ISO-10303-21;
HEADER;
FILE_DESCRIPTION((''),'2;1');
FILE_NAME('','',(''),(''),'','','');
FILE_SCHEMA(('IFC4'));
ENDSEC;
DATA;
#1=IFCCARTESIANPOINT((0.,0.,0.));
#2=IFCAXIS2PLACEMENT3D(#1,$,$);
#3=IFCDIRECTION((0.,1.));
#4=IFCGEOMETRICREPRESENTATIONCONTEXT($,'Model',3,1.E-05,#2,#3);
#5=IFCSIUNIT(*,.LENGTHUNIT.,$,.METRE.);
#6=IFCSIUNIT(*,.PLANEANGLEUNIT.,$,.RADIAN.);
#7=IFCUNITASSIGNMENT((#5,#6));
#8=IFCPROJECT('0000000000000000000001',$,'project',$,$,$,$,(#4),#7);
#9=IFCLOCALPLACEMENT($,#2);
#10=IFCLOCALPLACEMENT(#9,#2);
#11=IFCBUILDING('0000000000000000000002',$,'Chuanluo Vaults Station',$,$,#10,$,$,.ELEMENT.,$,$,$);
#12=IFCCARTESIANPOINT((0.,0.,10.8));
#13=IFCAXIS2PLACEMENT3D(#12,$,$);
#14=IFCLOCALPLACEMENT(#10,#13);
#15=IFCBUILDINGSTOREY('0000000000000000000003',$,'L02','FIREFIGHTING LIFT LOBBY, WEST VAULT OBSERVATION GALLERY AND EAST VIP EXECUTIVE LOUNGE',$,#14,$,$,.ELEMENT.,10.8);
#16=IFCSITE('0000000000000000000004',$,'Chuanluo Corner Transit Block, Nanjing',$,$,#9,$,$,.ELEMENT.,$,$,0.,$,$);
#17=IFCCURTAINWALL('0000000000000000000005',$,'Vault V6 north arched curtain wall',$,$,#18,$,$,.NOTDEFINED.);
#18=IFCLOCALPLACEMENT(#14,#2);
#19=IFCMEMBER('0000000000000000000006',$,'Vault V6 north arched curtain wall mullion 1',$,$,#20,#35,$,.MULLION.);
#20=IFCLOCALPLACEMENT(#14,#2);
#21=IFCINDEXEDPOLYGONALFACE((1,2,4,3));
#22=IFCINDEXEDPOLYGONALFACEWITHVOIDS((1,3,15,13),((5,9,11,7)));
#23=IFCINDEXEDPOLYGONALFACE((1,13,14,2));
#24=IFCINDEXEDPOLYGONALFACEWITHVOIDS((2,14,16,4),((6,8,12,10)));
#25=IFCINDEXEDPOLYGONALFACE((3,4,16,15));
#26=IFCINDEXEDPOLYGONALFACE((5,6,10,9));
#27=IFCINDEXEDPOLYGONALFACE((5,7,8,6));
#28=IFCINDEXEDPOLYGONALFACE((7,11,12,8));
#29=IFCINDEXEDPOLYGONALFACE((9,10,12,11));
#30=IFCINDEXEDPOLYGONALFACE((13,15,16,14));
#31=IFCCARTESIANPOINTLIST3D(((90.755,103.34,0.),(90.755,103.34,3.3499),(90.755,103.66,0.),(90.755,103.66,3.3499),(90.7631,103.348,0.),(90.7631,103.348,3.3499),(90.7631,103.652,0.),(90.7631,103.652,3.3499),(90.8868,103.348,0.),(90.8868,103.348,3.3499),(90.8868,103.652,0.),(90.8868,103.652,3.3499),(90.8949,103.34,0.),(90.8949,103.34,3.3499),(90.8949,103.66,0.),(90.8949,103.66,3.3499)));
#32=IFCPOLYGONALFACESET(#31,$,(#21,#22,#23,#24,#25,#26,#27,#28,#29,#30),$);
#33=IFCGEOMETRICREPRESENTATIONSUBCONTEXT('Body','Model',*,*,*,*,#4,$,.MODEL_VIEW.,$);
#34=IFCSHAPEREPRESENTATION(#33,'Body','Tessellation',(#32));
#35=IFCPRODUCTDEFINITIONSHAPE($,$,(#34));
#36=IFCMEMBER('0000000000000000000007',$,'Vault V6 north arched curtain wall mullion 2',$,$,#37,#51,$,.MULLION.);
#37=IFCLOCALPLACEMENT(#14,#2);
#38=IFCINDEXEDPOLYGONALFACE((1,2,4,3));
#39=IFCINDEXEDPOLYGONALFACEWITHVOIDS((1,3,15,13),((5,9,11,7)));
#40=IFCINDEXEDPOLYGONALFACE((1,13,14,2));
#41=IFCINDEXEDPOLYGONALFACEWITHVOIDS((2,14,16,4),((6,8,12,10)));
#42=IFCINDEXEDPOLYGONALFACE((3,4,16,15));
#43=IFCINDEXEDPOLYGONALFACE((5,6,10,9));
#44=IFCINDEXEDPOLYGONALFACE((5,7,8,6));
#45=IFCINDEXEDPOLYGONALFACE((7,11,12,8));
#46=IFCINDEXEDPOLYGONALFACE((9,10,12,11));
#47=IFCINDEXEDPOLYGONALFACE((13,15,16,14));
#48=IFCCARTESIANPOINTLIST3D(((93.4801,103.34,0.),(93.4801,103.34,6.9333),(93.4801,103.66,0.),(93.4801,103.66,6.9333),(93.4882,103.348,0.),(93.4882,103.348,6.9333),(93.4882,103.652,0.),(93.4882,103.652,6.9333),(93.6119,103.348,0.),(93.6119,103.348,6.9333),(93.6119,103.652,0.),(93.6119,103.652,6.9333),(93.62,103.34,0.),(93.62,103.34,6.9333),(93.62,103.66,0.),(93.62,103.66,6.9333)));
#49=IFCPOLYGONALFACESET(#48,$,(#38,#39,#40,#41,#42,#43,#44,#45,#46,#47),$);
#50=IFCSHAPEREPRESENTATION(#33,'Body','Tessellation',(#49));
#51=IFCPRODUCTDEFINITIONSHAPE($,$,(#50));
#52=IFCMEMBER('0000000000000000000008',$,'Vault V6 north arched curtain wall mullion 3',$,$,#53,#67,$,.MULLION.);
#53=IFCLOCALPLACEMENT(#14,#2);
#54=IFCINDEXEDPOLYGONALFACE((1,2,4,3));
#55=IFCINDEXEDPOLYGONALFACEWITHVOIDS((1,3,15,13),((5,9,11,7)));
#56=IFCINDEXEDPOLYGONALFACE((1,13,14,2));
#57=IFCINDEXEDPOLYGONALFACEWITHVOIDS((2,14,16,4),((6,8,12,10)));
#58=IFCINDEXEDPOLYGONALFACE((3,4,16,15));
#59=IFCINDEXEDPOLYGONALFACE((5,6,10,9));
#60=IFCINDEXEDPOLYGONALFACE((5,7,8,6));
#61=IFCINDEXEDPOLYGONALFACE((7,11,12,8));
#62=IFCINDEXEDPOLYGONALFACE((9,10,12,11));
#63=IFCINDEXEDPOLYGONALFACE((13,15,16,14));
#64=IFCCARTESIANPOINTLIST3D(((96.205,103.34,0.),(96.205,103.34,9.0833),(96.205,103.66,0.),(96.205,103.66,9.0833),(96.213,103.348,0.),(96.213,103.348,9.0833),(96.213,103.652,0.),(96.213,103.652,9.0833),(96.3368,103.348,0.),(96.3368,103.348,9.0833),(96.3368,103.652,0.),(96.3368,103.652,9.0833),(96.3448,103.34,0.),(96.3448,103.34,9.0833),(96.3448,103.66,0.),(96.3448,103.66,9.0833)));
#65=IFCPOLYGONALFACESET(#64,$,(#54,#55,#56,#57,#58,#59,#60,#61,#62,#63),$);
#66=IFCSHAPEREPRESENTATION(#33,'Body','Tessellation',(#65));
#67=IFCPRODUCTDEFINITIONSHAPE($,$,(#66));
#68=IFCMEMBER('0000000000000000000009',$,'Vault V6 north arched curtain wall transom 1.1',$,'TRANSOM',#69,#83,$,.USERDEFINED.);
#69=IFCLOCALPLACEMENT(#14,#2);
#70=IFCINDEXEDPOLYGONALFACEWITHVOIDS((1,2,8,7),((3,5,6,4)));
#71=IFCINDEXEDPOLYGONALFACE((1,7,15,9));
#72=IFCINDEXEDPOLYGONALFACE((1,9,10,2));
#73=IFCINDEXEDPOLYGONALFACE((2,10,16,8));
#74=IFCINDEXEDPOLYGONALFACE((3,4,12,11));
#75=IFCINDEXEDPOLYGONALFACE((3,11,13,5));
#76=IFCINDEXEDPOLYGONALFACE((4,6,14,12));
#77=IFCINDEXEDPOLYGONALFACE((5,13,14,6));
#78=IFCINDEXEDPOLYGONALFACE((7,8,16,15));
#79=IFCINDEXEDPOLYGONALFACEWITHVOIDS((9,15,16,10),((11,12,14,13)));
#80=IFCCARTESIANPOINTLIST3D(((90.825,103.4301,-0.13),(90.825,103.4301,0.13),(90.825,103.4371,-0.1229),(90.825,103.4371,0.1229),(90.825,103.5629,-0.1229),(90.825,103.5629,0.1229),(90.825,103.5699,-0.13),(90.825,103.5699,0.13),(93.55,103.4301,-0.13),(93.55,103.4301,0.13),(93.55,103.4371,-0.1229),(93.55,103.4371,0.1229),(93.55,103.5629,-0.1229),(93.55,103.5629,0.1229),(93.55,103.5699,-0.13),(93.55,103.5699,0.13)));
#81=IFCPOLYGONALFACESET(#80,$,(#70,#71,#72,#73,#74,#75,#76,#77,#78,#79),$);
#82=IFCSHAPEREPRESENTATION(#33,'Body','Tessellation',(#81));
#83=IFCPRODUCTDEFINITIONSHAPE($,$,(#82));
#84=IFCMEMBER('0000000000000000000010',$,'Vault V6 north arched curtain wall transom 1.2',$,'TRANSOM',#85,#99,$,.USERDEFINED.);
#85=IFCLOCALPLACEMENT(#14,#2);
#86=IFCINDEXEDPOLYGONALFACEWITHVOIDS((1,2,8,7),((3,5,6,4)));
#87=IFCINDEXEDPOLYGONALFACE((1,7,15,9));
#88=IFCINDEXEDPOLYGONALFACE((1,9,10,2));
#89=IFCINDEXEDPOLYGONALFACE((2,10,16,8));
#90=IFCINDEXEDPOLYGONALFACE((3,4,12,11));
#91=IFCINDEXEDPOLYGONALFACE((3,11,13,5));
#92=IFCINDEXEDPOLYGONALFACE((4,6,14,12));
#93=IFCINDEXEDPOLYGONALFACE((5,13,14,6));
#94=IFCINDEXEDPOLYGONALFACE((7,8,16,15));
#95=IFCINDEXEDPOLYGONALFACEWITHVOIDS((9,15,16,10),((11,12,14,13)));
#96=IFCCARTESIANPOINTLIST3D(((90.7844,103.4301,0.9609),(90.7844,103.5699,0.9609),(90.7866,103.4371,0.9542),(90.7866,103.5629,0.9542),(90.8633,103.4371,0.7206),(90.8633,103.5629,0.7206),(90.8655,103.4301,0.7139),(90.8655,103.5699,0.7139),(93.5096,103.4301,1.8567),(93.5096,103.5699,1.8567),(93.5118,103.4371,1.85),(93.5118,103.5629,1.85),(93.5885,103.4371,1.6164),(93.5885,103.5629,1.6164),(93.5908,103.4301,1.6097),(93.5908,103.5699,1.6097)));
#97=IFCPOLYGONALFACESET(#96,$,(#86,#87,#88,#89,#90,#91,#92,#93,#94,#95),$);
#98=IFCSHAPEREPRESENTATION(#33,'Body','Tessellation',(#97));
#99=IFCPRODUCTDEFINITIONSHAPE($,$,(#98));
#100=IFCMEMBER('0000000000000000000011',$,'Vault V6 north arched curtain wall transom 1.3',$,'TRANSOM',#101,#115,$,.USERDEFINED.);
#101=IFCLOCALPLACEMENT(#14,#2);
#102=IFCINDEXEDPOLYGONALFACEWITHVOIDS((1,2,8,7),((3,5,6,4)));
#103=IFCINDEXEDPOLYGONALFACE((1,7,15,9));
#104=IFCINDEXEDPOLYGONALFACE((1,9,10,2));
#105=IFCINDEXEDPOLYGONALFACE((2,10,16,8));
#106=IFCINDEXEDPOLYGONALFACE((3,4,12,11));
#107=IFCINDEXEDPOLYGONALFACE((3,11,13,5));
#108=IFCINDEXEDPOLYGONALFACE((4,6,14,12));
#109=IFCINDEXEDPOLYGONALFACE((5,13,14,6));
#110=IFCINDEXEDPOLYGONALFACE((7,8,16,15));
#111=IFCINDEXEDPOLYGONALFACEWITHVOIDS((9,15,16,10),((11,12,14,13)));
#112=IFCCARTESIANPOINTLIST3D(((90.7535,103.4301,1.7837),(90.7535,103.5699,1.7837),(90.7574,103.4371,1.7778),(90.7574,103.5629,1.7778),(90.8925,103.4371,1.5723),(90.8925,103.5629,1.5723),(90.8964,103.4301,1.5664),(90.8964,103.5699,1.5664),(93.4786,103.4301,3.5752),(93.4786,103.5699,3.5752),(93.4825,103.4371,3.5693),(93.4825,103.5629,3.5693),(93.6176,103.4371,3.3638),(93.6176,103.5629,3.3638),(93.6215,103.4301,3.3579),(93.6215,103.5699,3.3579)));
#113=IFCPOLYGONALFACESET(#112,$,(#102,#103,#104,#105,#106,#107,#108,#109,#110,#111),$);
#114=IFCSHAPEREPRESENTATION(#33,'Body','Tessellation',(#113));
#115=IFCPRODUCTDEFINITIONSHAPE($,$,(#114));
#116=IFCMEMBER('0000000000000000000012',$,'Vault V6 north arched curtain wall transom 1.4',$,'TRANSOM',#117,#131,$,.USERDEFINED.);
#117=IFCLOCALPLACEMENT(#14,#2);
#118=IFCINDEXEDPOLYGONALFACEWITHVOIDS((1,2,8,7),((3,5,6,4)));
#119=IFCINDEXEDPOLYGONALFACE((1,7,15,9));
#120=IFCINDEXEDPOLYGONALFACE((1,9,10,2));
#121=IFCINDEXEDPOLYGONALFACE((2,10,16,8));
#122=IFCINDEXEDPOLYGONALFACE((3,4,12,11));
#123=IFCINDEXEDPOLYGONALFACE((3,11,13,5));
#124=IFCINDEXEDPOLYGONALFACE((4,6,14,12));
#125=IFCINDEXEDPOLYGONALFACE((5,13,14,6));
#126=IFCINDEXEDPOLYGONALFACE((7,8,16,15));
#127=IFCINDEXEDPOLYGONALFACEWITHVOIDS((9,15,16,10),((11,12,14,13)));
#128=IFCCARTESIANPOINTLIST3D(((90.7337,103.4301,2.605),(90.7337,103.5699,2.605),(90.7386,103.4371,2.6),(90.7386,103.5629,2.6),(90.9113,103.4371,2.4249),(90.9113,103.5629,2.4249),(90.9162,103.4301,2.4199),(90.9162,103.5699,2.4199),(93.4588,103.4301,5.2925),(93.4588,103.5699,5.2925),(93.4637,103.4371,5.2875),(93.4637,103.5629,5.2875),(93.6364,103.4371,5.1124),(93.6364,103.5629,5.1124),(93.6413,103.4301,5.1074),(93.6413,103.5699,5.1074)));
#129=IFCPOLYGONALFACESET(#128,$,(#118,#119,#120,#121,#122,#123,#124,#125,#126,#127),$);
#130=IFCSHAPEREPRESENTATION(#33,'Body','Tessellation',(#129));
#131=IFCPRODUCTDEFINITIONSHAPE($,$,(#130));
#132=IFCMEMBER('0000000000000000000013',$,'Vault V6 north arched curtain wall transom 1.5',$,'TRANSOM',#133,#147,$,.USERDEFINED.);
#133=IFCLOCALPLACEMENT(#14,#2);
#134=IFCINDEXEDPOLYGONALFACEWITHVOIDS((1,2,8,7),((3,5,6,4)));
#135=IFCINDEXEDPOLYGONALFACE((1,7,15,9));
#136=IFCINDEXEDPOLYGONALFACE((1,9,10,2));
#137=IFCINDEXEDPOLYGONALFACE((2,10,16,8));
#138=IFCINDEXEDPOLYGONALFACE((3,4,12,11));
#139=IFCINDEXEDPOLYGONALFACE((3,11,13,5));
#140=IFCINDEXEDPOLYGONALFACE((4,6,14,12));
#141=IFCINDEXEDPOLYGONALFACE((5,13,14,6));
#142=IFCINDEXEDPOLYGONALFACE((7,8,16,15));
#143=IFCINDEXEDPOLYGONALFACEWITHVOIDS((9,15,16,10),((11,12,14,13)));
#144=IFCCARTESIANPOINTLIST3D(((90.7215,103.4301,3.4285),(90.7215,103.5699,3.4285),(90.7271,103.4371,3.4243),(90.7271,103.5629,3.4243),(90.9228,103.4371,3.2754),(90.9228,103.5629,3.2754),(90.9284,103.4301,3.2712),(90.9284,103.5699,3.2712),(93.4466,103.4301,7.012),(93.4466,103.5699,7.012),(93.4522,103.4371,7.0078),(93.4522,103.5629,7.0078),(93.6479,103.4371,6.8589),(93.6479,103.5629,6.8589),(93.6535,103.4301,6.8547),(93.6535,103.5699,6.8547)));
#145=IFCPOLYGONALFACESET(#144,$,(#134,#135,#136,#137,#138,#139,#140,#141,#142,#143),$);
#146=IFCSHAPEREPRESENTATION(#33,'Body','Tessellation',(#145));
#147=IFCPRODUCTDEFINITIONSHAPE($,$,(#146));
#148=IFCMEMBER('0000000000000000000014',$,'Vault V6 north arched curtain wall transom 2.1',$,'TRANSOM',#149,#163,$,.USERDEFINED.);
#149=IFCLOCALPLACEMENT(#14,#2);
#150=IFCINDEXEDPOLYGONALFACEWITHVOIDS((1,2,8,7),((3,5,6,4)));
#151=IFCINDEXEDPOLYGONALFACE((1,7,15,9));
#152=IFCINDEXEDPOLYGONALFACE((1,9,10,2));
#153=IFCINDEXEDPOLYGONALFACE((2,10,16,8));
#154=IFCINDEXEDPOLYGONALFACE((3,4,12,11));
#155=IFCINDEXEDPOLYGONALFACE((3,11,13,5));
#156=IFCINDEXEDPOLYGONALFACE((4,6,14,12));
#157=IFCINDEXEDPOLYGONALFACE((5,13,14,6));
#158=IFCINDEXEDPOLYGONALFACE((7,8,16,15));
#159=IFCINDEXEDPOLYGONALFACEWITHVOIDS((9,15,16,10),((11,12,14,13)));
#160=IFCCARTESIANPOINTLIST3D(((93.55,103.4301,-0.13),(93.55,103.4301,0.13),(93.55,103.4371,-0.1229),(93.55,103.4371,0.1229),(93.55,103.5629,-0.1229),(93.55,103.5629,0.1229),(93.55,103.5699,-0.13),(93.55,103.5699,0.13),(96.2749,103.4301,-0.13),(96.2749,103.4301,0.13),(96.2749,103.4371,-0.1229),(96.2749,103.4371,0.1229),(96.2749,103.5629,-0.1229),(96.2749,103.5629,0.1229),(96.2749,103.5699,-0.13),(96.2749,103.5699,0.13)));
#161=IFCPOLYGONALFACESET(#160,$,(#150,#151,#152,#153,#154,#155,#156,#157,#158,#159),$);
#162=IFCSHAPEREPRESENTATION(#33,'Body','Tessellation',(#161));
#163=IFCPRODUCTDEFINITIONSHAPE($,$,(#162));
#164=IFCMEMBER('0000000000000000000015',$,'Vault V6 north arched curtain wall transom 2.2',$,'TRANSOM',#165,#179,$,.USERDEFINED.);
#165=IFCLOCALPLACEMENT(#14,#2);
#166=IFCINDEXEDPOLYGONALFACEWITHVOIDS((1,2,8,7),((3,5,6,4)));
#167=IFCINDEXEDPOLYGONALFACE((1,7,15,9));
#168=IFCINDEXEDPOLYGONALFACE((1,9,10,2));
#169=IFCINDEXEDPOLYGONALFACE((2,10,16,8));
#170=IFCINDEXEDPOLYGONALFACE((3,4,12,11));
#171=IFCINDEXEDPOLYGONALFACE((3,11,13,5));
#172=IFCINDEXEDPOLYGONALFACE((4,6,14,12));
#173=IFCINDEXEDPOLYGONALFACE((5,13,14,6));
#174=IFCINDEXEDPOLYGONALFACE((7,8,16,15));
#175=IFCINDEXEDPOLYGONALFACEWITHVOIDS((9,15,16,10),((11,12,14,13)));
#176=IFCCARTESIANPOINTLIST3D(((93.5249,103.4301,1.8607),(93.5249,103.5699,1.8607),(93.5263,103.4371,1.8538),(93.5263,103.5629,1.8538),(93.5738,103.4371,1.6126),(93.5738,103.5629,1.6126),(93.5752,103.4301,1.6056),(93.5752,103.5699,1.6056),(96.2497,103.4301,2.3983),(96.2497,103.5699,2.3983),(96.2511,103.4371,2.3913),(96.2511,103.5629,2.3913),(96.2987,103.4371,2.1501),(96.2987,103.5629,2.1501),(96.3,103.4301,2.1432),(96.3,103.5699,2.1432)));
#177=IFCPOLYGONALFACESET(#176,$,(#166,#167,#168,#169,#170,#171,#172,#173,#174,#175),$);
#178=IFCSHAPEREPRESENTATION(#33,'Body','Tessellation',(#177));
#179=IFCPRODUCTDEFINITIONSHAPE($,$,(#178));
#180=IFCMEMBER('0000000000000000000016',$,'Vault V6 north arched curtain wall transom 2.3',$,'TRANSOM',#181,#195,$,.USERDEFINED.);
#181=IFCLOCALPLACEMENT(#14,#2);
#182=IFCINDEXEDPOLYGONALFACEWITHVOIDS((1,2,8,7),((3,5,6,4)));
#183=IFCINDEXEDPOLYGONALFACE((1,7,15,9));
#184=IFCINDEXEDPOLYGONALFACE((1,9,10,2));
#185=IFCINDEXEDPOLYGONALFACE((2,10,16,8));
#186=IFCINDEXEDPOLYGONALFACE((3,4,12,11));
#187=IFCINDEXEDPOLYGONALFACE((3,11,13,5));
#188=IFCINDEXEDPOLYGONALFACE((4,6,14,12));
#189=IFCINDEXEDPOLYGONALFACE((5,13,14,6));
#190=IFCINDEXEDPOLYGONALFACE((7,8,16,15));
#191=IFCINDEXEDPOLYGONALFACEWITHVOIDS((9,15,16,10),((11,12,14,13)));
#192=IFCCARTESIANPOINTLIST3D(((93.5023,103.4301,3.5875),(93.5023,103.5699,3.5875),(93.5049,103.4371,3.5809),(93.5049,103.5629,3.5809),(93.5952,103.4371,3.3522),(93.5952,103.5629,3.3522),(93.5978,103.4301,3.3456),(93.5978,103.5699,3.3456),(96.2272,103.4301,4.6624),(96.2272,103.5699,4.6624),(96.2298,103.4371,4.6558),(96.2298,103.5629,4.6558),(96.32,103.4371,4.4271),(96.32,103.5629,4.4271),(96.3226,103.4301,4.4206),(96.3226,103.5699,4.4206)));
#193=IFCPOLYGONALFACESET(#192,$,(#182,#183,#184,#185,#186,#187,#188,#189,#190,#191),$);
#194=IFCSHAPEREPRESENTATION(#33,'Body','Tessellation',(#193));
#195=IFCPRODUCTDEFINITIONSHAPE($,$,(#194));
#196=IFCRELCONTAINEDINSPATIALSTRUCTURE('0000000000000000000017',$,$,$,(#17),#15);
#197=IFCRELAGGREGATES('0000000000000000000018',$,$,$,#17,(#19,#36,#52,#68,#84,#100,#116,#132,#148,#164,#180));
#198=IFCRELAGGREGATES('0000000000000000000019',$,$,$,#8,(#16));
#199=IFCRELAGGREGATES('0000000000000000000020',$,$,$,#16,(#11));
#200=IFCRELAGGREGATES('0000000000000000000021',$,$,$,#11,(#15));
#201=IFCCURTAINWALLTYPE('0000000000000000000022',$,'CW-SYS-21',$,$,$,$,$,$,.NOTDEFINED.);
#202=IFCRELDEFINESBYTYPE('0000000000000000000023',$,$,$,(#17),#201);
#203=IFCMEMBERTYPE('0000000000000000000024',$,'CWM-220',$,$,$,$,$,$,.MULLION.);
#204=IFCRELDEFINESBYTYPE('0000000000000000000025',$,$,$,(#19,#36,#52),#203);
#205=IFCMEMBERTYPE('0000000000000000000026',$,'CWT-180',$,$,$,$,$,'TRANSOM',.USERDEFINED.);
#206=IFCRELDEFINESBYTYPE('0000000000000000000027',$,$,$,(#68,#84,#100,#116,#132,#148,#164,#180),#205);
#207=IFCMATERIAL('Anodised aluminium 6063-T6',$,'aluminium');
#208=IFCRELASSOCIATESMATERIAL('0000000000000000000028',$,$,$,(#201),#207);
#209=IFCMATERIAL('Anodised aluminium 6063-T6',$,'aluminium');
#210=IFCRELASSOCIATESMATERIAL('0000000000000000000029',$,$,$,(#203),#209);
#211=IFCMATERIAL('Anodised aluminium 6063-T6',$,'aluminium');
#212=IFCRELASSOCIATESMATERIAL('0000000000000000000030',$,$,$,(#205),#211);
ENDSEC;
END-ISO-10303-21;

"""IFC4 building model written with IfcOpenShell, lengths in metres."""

from ifc_helpers import new_model, si_unit, direction, frame, origin, origin_2d, place, context, subcontext, project, spatial, hollow_rectangle, extrude, material, material_profile, profile_set, type_object, element, aggregate, save


model = new_model("IFC4")

# Units and contexts
model_context = context("Model", 3, precision=1e-05, world=origin(), true_north=direction((0.0, 1.0)))
body_context = subcontext(model_context, "Body", "Model", "MODEL_VIEW")
ifc_project = project(units=[si_unit("LENGTHUNIT", "METRE"), si_unit("PLANEANGLEUNIT", "RADIAN")], contexts=[model_context])

# Site, building, storey
site_placement = place(None, origin())
site = spatial("IfcSite", under=ifc_project, at=site_placement, Name="Chuanluo Corner Transit Block, Nanjing", CompositionType="ELEMENT", RefElevation=0.0)
building_placement = place(site_placement, origin())
building = spatial("IfcBuilding", under=site, at=building_placement, Name="Chuanluo Vaults Station", CompositionType="ELEMENT")
storey_placement = place(building_placement, frame((0.0, 0.0, 10.8)))
storey = spatial("IfcBuildingStorey", under=building, at=storey_placement, Name="L02", Description="FIREFIGHTING LIFT LOBBY, WEST VAULT OBSERVATION GALLERY AND EAST VIP EXECUTIVE LOUNGE", CompositionType="ELEMENT", Elevation=10.8)

# Curtain wall, members
ifc_material_1 = material(Name="Anodised aluminium 6063-T6", Category="aluminium")
curtain_wall_type = type_object("IfcCurtainWallType", Name="CW-SYS-21", PredefinedType="NOTDEFINED", material=ifc_material_1)
curtain_wall_placement = place(storey_placement, origin())
curtain_wall = element("IfcCurtainWall", 1, at=curtain_wall_placement, inside=storey, type_object=curtain_wall_type, Name="Vault V6 north arched curtain wall", PredefinedType="NOTDEFINED")
ifc_material_2 = material(Name="Anodised aluminium 6063-T6", Category="aluminium")
ifc_material_profile_1 = material_profile(ifc_material_2, hollow_rectangle(XDim=0.1399, YDim=0.3201, WallThickness=0.0081, at=origin_2d()))
ifc_profile_set_1 = profile_set([ifc_material_profile_1], Name="Anodised aluminium 6063-T6")
member_type_1 = type_object("IfcMemberType", Name="CWM-220", PredefinedType="MULLION", material=ifc_profile_set_1)
member_1_placement = place(storey_placement, frame((90.825, 103.5, 0.0), z_axis=(0.0, 0.0, 1.0), x_axis=(1.0, 0.0, 0.0)))
member_1 = element("IfcMember", 2, at=member_1_placement, type_object=member_type_1, Name="Vault V6 north arched curtain wall mullion 1", PredefinedType="MULLION", context=body_context, shape_type="SweptSolid", body=[
    extrude(hollow_rectangle(XDim=0.1399, YDim=0.3201, WallThickness=0.0081, at=origin_2d()), origin(), (0.0, 0.0, 1.0), 3.3499),
])
member_2_placement = place(storey_placement, frame((93.55, 103.5, 0.0), z_axis=(0.0, 0.0, 1.0), x_axis=(1.0, 0.0, 0.0)))
member_2 = element("IfcMember", 3, at=member_2_placement, type_object=member_type_1, Name="Vault V6 north arched curtain wall mullion 2", PredefinedType="MULLION", context=body_context, shape_type="SweptSolid", body=[
    extrude(hollow_rectangle(XDim=0.1399, YDim=0.3201, WallThickness=0.0081, at=origin_2d()), origin(), (0.0, 0.0, 1.0), 6.9333),
])
member_3_placement = place(storey_placement, frame((96.2749, 103.5, 0.0), z_axis=(0.0, 0.0, 1.0), x_axis=(1.0, 0.0, 0.0)))
member_3 = element("IfcMember", 4, at=member_3_placement, type_object=member_type_1, Name="Vault V6 north arched curtain wall mullion 3", PredefinedType="MULLION", context=body_context, shape_type="SweptSolid", body=[
    extrude(hollow_rectangle(XDim=0.1399, YDim=0.3201, WallThickness=0.0081, at=origin_2d()), origin(), (0.0, 0.0, 1.0), 9.0833),
])
ifc_material_3 = material(Name="Anodised aluminium 6063-T6", Category="aluminium")
ifc_material_profile_2 = material_profile(ifc_material_3, hollow_rectangle(XDim=0.1399, YDim=0.26, WallThickness=0.0071, at=origin_2d()))
ifc_profile_set_2 = profile_set([ifc_material_profile_2], Name="Anodised aluminium 6063-T6")
member_type_2 = type_object("IfcMemberType", Name="CWT-180", ElementType="TRANSOM", PredefinedType="USERDEFINED", material=ifc_profile_set_2)
member_4_placement = place(storey_placement, frame((90.825, 103.5, 0.0), z_axis=(1.0, 0.0, 0.0), x_axis=(0.0, 1.0, 0.0)))
member_4 = element("IfcMember", 5, at=member_4_placement, type_object=member_type_2, Name="Vault V6 north arched curtain wall transom 1.1", ObjectType="TRANSOM", PredefinedType="USERDEFINED", context=body_context, shape_type="SweptSolid", body=[
    extrude(hollow_rectangle(XDim=0.1399, YDim=0.26, WallThickness=0.0071, at=origin_2d()), origin(), (0.0, 0.0, 1.0), 2.7251),
])
member_5_placement = place(storey_placement, frame((90.825, 103.5, 0.8374), z_axis=(0.949994, 0.0, 0.312267), x_axis=(0.0, 1.0, 0.0)))
member_5 = element("IfcMember", 6, at=member_5_placement, type_object=member_type_2, Name="Vault V6 north arched curtain wall transom 1.2", ObjectType="TRANSOM", PredefinedType="USERDEFINED", context=body_context, shape_type="SweptSolid", body=[
    extrude(hollow_rectangle(XDim=0.1399, YDim=0.26, WallThickness=0.0071, at=origin_2d()), origin(), (0.0, 0.0, 1.0), 2.8687),
])
member_6_placement = place(storey_placement, frame((90.825, 103.5, 1.675), z_axis=(0.835603, 0.0, 0.549333), x_axis=(0.0, 1.0, 0.0)))
member_6 = element("IfcMember", 7, at=member_6_placement, type_object=member_type_2, Name="Vault V6 north arched curtain wall transom 1.3", ObjectType="TRANSOM", PredefinedType="USERDEFINED", context=body_context, shape_type="SweptSolid", body=[
    extrude(hollow_rectangle(XDim=0.1399, YDim=0.26, WallThickness=0.0071, at=origin_2d()), origin(), (0.0, 0.0, 1.0), 3.2612),
])
member_7_placement = place(storey_placement, frame((90.825, 103.5, 2.5125), z_axis=(0.712001, 0.0, 0.702178), x_axis=(0.0, 1.0, 0.0)))
member_7 = element("IfcMember", 8, at=member_7_placement, type_object=member_type_2, Name="Vault V6 north arched curtain wall transom 1.4", ObjectType="TRANSOM", PredefinedType="USERDEFINED", context=body_context, shape_type="SweptSolid", body=[
    extrude(hollow_rectangle(XDim=0.1399, YDim=0.26, WallThickness=0.0071, at=origin_2d()), origin(), (0.0, 0.0, 1.0), 3.8274),
])
member_8_placement = place(storey_placement, frame((90.825, 103.5, 3.3499), z_axis=(0.605314, 0.0, 0.795987), x_axis=(0.0, 1.0, 0.0)))
member_8 = element("IfcMember", 9, at=member_8_placement, type_object=member_type_2, Name="Vault V6 north arched curtain wall transom 1.5", ObjectType="TRANSOM", PredefinedType="USERDEFINED", context=body_context, shape_type="SweptSolid", body=[
    extrude(hollow_rectangle(XDim=0.1399, YDim=0.26, WallThickness=0.0071, at=origin_2d()), origin(), (0.0, 0.0, 1.0), 4.502),
])
member_9_placement = place(storey_placement, frame((93.55, 103.5, 0.0), z_axis=(1.0, 0.0, 0.0), x_axis=(0.0, 1.0, 0.0)))
member_9 = element("IfcMember", 10, at=member_9_placement, type_object=member_type_2, Name="Vault V6 north arched curtain wall transom 2.1", ObjectType="TRANSOM", PredefinedType="USERDEFINED", context=body_context, shape_type="SweptSolid", body=[
    extrude(hollow_rectangle(XDim=0.1399, YDim=0.26, WallThickness=0.0071, at=origin_2d()), origin(), (0.0, 0.0, 1.0), 2.7249),
])
member_10_placement = place(storey_placement, frame((93.55, 103.5, 1.7332), z_axis=(0.981088, 0.0, 0.193563), x_axis=(0.0, 1.0, 0.0)))
member_10 = element("IfcMember", 11, at=member_10_placement, type_object=member_type_2, Name="Vault V6 north arched curtain wall transom 2.2", ObjectType="TRANSOM", PredefinedType="USERDEFINED", context=body_context, shape_type="SweptSolid", body=[
    extrude(hollow_rectangle(XDim=0.1399, YDim=0.26, WallThickness=0.0071, at=origin_2d()), origin(), (0.0, 0.0, 1.0), 2.7773),
])
member_11_placement = place(storey_placement, frame((93.55, 103.5, 3.4666), z_axis=(0.930231, 0.0, 0.366975), x_axis=(0.0, 1.0, 0.0)))
member_11 = element("IfcMember", 12, at=member_11_placement, type_object=member_type_2, Name="Vault V6 north arched curtain wall transom 2.3", ObjectType="TRANSOM", PredefinedType="USERDEFINED", context=body_context, shape_type="SweptSolid", body=[
    extrude(hollow_rectangle(XDim=0.1399, YDim=0.26, WallThickness=0.0071, at=origin_2d()), origin(), (0.0, 0.0, 1.0), 2.9292),
])
aggregate(curtain_wall, [member_1, member_2, member_3, member_4, member_5, member_6, member_7, member_8, member_9, member_10, member_11])

save(model, "model.ifc")
